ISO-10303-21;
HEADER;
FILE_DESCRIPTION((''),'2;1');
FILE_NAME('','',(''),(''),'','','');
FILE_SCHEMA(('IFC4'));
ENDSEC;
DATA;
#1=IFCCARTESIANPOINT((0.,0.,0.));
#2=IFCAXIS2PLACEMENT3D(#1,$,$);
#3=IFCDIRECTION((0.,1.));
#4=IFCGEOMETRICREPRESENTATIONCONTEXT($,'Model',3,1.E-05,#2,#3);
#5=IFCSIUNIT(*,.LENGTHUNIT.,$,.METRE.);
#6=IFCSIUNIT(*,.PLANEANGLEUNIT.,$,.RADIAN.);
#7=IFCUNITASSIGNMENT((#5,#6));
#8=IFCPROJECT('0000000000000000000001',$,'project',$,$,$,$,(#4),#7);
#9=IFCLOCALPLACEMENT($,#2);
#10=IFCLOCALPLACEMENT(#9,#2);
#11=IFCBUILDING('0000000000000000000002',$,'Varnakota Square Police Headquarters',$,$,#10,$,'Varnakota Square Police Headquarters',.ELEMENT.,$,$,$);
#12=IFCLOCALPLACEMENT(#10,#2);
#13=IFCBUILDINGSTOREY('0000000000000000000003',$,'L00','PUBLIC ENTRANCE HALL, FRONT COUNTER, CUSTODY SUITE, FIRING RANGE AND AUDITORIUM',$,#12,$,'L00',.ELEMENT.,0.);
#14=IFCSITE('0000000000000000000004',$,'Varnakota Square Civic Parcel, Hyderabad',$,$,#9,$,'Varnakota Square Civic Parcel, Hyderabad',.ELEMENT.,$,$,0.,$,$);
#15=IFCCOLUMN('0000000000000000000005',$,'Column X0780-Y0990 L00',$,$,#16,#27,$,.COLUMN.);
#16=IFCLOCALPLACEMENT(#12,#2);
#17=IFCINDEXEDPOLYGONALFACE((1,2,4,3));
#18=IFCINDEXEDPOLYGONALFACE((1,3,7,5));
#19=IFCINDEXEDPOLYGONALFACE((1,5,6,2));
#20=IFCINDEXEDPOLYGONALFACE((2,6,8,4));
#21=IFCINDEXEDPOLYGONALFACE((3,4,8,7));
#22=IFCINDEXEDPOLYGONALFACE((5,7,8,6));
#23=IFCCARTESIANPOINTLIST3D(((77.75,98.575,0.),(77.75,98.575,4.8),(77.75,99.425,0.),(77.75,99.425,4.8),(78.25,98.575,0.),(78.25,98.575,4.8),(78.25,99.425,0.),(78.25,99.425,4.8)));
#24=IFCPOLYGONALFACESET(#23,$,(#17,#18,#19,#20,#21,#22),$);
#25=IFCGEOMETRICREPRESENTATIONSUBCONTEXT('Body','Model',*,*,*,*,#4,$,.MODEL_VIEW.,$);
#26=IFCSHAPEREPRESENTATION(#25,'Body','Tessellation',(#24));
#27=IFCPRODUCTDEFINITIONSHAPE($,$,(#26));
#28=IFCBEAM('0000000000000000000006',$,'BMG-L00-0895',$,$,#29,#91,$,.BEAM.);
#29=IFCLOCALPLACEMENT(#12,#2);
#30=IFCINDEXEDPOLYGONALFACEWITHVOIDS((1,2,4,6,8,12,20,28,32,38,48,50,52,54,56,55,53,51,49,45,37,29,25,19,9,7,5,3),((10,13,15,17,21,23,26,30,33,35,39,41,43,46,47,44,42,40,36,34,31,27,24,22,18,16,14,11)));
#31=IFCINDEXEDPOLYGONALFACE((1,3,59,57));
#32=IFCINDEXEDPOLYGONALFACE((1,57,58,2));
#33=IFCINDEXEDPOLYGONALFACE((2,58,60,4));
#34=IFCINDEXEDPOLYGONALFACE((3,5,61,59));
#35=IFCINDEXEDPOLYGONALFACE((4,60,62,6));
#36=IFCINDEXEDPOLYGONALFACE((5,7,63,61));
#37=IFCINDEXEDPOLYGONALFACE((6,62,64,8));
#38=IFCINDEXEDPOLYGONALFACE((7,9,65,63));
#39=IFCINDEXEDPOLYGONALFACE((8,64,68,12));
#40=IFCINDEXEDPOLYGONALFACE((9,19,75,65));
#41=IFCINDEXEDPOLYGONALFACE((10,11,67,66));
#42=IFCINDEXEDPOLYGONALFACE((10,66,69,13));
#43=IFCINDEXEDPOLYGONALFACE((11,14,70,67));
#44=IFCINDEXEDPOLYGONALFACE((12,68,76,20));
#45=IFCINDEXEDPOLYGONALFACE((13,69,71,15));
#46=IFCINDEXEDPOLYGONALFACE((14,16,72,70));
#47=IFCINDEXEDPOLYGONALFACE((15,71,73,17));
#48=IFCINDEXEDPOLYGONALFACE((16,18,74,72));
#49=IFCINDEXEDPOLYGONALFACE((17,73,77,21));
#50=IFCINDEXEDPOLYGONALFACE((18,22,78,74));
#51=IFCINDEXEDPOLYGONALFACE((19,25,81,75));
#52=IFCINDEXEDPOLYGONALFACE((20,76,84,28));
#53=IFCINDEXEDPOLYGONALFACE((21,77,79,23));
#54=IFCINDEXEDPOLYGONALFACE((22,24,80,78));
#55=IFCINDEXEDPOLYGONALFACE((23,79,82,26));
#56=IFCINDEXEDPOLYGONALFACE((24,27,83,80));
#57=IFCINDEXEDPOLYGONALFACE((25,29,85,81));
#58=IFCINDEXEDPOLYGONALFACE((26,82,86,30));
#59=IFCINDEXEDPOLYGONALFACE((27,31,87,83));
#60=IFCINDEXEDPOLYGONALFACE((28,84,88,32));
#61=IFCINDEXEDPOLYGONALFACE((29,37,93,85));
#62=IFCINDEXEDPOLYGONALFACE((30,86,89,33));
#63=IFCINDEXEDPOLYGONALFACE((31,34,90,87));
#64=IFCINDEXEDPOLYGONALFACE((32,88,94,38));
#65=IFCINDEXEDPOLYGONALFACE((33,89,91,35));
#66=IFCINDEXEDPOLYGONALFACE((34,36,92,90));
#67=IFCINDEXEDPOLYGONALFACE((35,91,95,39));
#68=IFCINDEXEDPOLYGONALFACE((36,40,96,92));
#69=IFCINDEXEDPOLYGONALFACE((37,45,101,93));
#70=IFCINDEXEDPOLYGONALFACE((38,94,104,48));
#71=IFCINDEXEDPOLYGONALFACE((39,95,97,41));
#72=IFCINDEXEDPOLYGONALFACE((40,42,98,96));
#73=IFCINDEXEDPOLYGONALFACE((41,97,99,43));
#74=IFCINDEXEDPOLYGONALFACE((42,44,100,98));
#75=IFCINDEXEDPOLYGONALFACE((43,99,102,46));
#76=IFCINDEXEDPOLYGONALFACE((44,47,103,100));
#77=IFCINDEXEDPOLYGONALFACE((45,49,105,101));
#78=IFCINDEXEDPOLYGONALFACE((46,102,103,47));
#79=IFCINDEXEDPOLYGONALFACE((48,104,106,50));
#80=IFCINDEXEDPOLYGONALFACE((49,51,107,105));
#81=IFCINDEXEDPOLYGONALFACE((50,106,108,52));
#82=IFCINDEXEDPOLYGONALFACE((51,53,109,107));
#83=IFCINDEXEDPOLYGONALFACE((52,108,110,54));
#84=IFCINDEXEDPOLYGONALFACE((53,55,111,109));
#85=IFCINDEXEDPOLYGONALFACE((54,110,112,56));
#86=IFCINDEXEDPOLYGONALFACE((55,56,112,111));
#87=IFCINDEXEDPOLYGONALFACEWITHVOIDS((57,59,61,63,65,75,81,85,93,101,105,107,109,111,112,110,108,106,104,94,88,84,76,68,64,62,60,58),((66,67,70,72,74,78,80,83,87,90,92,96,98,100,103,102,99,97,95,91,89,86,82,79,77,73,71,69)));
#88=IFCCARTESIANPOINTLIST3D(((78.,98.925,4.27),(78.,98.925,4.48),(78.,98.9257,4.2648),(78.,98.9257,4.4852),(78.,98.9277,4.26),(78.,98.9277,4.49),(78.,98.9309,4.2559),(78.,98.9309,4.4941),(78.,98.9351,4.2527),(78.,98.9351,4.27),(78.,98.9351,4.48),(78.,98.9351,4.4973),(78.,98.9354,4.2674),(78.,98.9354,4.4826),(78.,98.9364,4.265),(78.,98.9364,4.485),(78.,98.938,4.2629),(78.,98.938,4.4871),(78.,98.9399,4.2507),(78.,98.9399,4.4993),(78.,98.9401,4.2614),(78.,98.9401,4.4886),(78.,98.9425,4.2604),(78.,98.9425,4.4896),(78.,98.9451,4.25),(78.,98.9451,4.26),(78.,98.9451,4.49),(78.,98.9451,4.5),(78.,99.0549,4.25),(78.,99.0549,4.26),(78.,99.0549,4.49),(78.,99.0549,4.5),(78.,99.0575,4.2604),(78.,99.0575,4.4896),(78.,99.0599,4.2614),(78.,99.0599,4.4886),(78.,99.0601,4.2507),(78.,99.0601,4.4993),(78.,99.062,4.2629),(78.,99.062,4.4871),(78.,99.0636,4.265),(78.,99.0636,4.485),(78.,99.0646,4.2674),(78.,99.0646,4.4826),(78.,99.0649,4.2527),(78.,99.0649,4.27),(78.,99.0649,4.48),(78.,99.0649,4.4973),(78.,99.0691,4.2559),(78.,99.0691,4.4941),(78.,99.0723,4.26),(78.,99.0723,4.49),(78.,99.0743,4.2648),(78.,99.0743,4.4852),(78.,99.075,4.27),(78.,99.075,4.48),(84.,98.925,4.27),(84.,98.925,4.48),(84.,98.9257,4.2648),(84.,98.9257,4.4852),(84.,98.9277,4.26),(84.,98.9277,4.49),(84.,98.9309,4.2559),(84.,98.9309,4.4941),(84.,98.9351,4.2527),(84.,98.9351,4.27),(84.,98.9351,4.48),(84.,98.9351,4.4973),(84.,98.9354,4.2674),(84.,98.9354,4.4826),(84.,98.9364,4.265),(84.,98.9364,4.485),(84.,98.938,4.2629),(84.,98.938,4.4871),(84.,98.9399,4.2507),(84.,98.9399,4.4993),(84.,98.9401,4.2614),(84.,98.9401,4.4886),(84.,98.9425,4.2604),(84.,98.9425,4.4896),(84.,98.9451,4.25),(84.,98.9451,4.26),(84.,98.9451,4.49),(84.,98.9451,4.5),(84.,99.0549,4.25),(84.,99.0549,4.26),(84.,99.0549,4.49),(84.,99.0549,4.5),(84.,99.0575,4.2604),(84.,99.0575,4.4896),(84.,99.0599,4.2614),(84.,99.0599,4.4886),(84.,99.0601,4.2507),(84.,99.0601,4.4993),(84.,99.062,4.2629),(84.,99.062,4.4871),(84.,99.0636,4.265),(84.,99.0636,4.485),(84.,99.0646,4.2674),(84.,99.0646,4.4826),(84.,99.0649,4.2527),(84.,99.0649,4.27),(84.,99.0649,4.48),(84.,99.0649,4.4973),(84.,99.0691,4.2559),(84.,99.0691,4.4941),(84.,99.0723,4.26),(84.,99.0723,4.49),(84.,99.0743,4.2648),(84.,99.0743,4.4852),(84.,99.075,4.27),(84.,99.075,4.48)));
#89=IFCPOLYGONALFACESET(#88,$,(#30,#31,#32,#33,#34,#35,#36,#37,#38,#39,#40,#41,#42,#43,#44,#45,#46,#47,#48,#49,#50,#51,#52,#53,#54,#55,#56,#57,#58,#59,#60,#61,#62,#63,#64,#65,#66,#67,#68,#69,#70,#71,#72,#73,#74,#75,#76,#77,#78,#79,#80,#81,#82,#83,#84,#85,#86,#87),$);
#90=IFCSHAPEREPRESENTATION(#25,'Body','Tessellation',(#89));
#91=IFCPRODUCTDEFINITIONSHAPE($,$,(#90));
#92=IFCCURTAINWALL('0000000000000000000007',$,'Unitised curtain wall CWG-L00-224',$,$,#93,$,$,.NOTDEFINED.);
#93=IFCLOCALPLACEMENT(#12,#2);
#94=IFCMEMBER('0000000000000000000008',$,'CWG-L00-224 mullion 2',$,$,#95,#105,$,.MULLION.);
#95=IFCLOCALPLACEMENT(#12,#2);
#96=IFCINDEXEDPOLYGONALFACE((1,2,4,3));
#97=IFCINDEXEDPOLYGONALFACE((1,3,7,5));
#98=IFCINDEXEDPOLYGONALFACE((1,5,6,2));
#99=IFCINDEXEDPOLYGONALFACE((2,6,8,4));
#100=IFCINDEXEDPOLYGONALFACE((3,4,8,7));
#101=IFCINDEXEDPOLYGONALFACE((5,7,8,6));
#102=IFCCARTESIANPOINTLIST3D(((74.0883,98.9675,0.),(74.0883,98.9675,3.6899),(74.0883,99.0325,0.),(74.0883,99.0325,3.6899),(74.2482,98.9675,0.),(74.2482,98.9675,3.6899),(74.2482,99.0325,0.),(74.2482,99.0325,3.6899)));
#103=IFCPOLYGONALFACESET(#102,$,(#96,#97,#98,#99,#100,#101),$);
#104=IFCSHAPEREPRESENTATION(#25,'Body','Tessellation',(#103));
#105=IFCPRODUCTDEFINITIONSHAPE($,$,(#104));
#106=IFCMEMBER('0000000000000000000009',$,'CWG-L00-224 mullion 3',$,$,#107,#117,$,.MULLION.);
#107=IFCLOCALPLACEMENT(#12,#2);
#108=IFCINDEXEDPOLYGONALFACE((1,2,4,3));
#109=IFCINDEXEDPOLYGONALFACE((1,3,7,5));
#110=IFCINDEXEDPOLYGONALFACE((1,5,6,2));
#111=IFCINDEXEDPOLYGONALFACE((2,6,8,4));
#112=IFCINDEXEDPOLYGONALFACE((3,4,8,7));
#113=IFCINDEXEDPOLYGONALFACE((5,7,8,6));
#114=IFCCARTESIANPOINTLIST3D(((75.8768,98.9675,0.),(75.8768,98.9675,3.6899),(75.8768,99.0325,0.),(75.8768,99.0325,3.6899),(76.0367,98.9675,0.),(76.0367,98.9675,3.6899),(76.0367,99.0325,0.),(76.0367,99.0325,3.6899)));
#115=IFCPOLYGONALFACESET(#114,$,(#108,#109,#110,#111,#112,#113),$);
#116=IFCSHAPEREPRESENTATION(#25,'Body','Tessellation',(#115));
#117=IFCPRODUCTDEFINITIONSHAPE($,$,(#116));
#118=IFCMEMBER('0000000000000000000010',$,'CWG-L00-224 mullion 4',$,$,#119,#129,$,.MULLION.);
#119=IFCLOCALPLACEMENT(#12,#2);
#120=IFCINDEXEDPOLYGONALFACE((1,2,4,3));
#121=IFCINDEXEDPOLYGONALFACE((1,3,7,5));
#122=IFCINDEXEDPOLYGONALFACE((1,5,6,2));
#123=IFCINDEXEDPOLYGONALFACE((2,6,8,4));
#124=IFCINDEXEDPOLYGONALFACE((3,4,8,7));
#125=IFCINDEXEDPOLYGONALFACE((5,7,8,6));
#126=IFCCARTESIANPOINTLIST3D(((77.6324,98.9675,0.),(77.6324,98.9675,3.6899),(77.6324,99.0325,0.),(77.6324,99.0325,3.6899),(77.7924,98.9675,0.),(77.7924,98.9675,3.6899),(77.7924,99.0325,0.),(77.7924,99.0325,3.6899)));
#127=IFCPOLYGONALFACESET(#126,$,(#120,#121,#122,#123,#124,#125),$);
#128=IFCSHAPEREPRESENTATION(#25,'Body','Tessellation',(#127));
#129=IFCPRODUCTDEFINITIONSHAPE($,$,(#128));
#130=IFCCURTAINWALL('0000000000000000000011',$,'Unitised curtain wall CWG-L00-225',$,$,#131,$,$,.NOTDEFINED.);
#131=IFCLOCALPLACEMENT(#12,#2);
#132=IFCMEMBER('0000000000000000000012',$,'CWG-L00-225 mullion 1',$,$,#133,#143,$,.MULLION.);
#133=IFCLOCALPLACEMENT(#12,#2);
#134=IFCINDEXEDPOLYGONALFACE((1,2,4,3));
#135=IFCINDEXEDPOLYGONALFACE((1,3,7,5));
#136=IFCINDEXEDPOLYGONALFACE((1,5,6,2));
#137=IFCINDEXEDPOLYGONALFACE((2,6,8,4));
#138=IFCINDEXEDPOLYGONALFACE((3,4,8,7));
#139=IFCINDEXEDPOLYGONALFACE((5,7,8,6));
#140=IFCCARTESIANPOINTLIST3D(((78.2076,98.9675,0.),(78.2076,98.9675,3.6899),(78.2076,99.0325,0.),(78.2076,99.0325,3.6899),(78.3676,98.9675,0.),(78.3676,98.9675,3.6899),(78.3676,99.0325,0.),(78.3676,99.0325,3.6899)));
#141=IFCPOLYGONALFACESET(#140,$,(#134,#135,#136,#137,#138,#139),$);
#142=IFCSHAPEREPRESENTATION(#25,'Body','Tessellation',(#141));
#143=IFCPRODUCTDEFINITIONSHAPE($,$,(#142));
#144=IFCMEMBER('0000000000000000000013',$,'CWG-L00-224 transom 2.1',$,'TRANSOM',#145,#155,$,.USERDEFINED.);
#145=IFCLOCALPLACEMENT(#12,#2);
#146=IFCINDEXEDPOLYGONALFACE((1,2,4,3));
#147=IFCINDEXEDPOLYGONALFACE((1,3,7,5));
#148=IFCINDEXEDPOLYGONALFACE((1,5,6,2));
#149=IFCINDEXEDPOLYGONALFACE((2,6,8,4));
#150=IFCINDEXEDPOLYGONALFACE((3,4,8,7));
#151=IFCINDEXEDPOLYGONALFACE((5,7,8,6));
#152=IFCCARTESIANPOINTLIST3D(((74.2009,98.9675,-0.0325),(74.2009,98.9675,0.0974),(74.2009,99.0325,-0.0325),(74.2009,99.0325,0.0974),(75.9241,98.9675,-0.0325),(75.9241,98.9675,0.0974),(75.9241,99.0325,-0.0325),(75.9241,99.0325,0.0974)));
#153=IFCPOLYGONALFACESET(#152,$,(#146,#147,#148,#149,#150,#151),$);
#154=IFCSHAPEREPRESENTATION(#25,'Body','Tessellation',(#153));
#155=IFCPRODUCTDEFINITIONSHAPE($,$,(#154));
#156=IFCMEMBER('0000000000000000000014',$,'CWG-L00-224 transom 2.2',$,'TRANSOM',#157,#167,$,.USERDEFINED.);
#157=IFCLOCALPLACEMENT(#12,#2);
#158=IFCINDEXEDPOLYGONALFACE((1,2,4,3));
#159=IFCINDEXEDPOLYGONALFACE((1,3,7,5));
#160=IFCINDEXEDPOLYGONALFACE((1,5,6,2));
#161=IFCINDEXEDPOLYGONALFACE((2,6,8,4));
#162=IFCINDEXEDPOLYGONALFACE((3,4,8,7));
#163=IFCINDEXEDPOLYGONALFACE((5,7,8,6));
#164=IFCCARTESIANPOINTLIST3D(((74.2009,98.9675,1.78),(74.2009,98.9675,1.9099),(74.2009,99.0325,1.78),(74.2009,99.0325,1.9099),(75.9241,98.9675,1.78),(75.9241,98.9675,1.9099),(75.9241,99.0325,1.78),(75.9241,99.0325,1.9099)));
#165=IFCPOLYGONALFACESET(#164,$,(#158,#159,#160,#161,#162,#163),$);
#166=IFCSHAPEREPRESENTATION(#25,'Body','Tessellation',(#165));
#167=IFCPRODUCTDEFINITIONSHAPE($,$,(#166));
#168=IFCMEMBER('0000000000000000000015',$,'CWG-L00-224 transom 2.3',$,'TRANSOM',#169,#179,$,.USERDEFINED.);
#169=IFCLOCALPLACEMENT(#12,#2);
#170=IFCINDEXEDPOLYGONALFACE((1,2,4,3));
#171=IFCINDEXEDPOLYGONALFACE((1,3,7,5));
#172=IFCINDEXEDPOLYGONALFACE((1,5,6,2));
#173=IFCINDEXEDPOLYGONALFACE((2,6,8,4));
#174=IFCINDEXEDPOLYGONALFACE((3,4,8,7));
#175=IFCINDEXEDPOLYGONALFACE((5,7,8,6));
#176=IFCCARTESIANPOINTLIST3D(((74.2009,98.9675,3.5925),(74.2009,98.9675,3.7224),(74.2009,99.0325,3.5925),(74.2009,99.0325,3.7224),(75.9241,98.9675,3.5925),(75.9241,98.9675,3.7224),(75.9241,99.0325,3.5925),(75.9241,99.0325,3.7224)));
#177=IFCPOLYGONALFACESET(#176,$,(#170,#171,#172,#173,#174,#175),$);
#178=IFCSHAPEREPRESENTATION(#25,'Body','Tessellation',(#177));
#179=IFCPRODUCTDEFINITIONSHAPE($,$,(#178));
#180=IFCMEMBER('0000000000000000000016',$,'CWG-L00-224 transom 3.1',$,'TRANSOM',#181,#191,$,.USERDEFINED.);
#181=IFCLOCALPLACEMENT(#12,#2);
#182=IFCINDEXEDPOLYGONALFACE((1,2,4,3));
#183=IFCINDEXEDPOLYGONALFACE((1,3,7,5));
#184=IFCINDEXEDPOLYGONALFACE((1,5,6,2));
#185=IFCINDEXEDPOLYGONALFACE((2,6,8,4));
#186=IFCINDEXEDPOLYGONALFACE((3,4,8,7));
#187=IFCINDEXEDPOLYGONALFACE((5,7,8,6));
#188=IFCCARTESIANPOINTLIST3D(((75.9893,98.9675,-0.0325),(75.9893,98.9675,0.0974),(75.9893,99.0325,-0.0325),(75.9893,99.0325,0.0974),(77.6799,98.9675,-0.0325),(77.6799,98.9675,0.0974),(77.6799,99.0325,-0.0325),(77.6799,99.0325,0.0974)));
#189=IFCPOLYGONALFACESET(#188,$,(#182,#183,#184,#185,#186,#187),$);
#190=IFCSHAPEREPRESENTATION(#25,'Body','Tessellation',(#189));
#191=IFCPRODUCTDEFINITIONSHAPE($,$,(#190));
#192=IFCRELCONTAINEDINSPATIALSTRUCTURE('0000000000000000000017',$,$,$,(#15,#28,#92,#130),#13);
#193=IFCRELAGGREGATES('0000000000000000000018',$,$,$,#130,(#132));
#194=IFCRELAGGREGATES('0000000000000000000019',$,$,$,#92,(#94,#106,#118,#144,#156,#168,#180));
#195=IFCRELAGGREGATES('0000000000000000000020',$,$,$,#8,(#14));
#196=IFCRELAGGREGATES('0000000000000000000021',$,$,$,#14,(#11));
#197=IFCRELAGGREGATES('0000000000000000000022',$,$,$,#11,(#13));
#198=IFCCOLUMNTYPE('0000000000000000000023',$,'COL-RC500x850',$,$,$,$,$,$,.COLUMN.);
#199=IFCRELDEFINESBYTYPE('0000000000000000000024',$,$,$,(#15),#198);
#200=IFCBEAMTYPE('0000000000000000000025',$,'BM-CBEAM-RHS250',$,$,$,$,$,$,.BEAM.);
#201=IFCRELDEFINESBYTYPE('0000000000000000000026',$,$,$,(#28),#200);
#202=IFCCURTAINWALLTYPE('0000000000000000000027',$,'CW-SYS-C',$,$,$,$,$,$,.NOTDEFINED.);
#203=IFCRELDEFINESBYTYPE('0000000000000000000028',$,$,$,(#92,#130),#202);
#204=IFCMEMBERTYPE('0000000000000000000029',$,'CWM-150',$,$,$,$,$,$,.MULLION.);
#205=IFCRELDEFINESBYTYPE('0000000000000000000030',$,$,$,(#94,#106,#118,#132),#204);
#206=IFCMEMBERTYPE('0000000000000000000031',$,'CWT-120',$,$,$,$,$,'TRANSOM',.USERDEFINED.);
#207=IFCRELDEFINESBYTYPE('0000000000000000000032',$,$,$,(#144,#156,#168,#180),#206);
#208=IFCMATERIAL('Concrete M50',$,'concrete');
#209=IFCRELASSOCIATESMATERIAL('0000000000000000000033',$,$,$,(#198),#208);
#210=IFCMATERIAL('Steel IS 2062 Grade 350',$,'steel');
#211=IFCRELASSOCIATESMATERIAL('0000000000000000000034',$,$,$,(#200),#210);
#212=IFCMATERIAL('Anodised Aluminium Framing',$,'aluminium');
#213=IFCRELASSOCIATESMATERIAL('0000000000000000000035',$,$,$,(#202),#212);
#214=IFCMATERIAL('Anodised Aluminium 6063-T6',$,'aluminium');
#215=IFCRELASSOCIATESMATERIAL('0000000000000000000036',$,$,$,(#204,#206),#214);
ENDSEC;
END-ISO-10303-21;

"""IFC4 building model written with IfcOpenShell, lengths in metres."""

from ifc_helpers import new_model, si_unit, direction, frame, origin, origin_2d, place, context, subcontext, project, spatial, rectangle, hollow_rectangle, extrude, material, material_profile, profile_set, type_object, element, aggregate, save


model = new_model("IFC4")

# Units and contexts
model_context = context("Model", 3, precision=1e-05, world=origin(), true_north=direction((0.0, 1.0)))
body_context = subcontext(model_context, "Body", "Model", "MODEL_VIEW")
ifc_project = project(units=[si_unit("LENGTHUNIT", "METRE"), si_unit("PLANEANGLEUNIT", "RADIAN")], contexts=[model_context])

# Site, building, storey
site_placement = place(None, origin())
site = spatial("IfcSite", under=ifc_project, at=site_placement, Name="Varnakota Square Civic Parcel, Hyderabad", LongName="Varnakota Square Civic Parcel, Hyderabad", CompositionType="ELEMENT", RefElevation=0.0)
building_placement = place(site_placement, origin())
building = spatial("IfcBuilding", under=site, at=building_placement, Name="Varnakota Square Police Headquarters", LongName="Varnakota Square Police Headquarters", CompositionType="ELEMENT")
storey_placement = place(building_placement, origin())
storey = spatial("IfcBuildingStorey", under=building, at=storey_placement, Name="L00", Description="PUBLIC ENTRANCE HALL, FRONT COUNTER, CUSTODY SUITE, FIRING RANGE AND AUDITORIUM", LongName="L00", CompositionType="ELEMENT", Elevation=0.0)

# Column
ifc_material_1 = material(Name="Concrete M50", Category="concrete")
ifc_material_profile_1 = material_profile(ifc_material_1, rectangle(XDim=0.5, YDim=0.8501, at=origin_2d()), Name="RC 500x850")
ifc_profile_set_1 = profile_set([ifc_material_profile_1], Name="Concrete M50")
column_type = type_object("IfcColumnType", Name="COL-RC500x850", PredefinedType="COLUMN", material=ifc_profile_set_1)
column_placement = place(storey_placement, frame((78.0, 99.0, 0.0), z_axis=(0.0, 0.0, 1.0), x_axis=(1.0, 0.0, 0.0)))
element("IfcColumn", 1, at=column_placement, inside=storey, type_object=column_type, Name="Column X0780-Y0990 L00", PredefinedType="COLUMN", context=body_context, shape_type="SweptSolid", body=[
    extrude(rectangle(XDim=0.5, YDim=0.8501, at=origin_2d()), origin(), (0.0, 0.0, 1.0), 4.8),
])

# Beam
ifc_material_2 = material(Name="Steel IS 2062 Grade 350", Category="steel")
ifc_material_profile_2 = material_profile(ifc_material_2, hollow_rectangle(XDim=0.1499, YDim=0.25, WallThickness=0.01, InnerFilletRadius=0.01, OuterFilletRadius=0.02, at=origin_2d()), Name="RHS 250x150x10")
ifc_profile_set_2 = profile_set([ifc_material_profile_2], Name="Steel IS 2062 Grade 350")
beam_type = type_object("IfcBeamType", Name="BM-CBEAM-RHS250", PredefinedType="BEAM", material=ifc_profile_set_2)
beam_placement = place(storey_placement, frame((78.0, 99.0, 4.375), z_axis=(1.0, 0.0, 0.0), x_axis=(0.0, 1.0, 0.0)))
element("IfcBeam", 2, at=beam_placement, inside=storey, type_object=beam_type, Name="BMG-L00-0895", PredefinedType="BEAM", context=body_context, shape_type="SweptSolid", body=[
    extrude(hollow_rectangle(XDim=0.1499, YDim=0.25, WallThickness=0.01, InnerFilletRadius=0.01, OuterFilletRadius=0.02, at=origin_2d()), origin(), (0.0, 0.0, 1.0), 6.0),
])

# Curtain wall, members
ifc_material_3 = material(Name="Anodised Aluminium Framing", Category="aluminium")
curtain_wall_type = type_object("IfcCurtainWallType", Name="CW-SYS-C", PredefinedType="NOTDEFINED", material=ifc_material_3)
curtain_wall_1_placement = place(storey_placement, origin())
curtain_wall_1 = element("IfcCurtainWall", 3, at=curtain_wall_1_placement, inside=storey, type_object=curtain_wall_type, Name="Unitised curtain wall CWG-L00-224", PredefinedType="NOTDEFINED")
ifc_material_4 = material(Name="Anodised Aluminium 6063-T6", Category="aluminium")
ifc_material_profile_3 = material_profile(ifc_material_4, rectangle(XDim=0.0649, YDim=0.1599, at=origin_2d()), Name="ALU MULLION 65x160")
ifc_profile_set_3 = profile_set([ifc_material_profile_3], Name="Anodised Aluminium 6063-T6")
member_type_1 = type_object("IfcMemberType", Name="CWM-150", PredefinedType="MULLION", material=ifc_profile_set_3)
member_1_placement = place(storey_placement, frame((74.1682, 99.0, 0.0), z_axis=(0.0, 0.0, 1.0), x_axis=(0.0, 1.0, 0.0)))
member_1 = element("IfcMember", 4, at=member_1_placement, type_object=member_type_1, Name="CWG-L00-224 mullion 2", PredefinedType="MULLION", context=body_context, shape_type="SweptSolid", body=[
    extrude(rectangle(XDim=0.0649, YDim=0.1599, at=origin_2d()), origin(), (0.0, 0.0, 1.0), 3.6899),
])
member_2_placement = place(storey_placement, frame((75.9568, 99.0, 0.0), z_axis=(0.0, 0.0, 1.0), x_axis=(0.0, 1.0, 0.0)))
member_2 = element("IfcMember", 5, at=member_2_placement, type_object=member_type_1, Name="CWG-L00-224 mullion 3", PredefinedType="MULLION", context=body_context, shape_type="SweptSolid", body=[
    extrude(rectangle(XDim=0.0649, YDim=0.1599, at=origin_2d()), origin(), (0.0, 0.0, 1.0), 3.6899),
])
member_3_placement = place(storey_placement, frame((77.7124, 99.0, 0.0), z_axis=(0.0, 0.0, 1.0), x_axis=(0.0, 1.0, 0.0)))
member_3 = element("IfcMember", 6, at=member_3_placement, type_object=member_type_1, Name="CWG-L00-224 mullion 4", PredefinedType="MULLION", context=body_context, shape_type="SweptSolid", body=[
    extrude(rectangle(XDim=0.0649, YDim=0.1599, at=origin_2d()), origin(), (0.0, 0.0, 1.0), 3.6899),
])

# Curtain wall, member
curtain_wall_2_placement = place(storey_placement, origin())
curtain_wall_2 = element("IfcCurtainWall", 7, at=curtain_wall_2_placement, inside=storey, type_object=curtain_wall_type, Name="Unitised curtain wall CWG-L00-225", PredefinedType="NOTDEFINED")
member_4_placement = place(storey_placement, frame((78.2876, 99.0, 0.0), z_axis=(0.0, 0.0, 1.0), x_axis=(0.0, 1.0, 0.0)))
member_4 = element("IfcMember", 8, at=member_4_placement, type_object=member_type_1, Name="CWG-L00-225 mullion 1", PredefinedType="MULLION", context=body_context, shape_type="SweptSolid", body=[
    extrude(rectangle(XDim=0.0649, YDim=0.1599, at=origin_2d()), origin(), (0.0, 0.0, 1.0), 3.6899),
])
aggregate(curtain_wall_2, [member_4])

# Members
ifc_material_profile_4 = material_profile(ifc_material_4, rectangle(XDim=0.0649, YDim=0.1299, at=origin_2d()), Name="ALU TRANSOM 65x130")
ifc_profile_set_4 = profile_set([ifc_material_profile_4], Name="Anodised Aluminium 6063-T6")
member_type_2 = type_object("IfcMemberType", Name="CWT-120", ElementType="TRANSOM", PredefinedType="USERDEFINED", material=ifc_profile_set_4)
member_5_placement = place(storey_placement, frame((74.2009, 99.0, 0.0325), z_axis=(1.0, 0.0, 0.0), x_axis=(0.0, 1.0, 0.0)))
member_5 = element("IfcMember", 9, at=member_5_placement, type_object=member_type_2, Name="CWG-L00-224 transom 2.1", ObjectType="TRANSOM", PredefinedType="USERDEFINED", context=body_context, shape_type="SweptSolid", body=[
    extrude(rectangle(XDim=0.0649, YDim=0.1299, at=origin_2d()), origin(), (0.0, 0.0, 1.0), 1.7231),
])
member_6_placement = place(storey_placement, frame((74.2009, 99.0, 1.845), z_axis=(1.0, 0.0, 0.0), x_axis=(0.0, 1.0, 0.0)))
member_6 = element("IfcMember", 10, at=member_6_placement, type_object=member_type_2, Name="CWG-L00-224 transom 2.2", ObjectType="TRANSOM", PredefinedType="USERDEFINED", context=body_context, shape_type="SweptSolid", body=[
    extrude(rectangle(XDim=0.0649, YDim=0.1299, at=origin_2d()), origin(), (0.0, 0.0, 1.0), 1.7231),
])
member_7_placement = place(storey_placement, frame((74.2009, 99.0, 3.6575), z_axis=(1.0, 0.0, 0.0), x_axis=(0.0, 1.0, 0.0)))
member_7 = element("IfcMember", 11, at=member_7_placement, type_object=member_type_2, Name="CWG-L00-224 transom 2.3", ObjectType="TRANSOM", PredefinedType="USERDEFINED", context=body_context, shape_type="SweptSolid", body=[
    extrude(rectangle(XDim=0.0649, YDim=0.1299, at=origin_2d()), origin(), (0.0, 0.0, 1.0), 1.7231),
])
member_8_placement = place(storey_placement, frame((75.9893, 99.0, 0.0325), z_axis=(1.0, 0.0, 0.0), x_axis=(0.0, 1.0, 0.0)))
member_8 = element("IfcMember", 12, at=member_8_placement, type_object=member_type_2, Name="CWG-L00-224 transom 3.1", ObjectType="TRANSOM", PredefinedType="USERDEFINED", context=body_context, shape_type="SweptSolid", body=[
    extrude(rectangle(XDim=0.0649, YDim=0.1299, at=origin_2d()), origin(), (0.0, 0.0, 1.0), 1.6907),
])

aggregate(curtain_wall_1, [member_1, member_2, member_3, member_5, member_6, member_7, member_8])

save(model, "model.ifc")
